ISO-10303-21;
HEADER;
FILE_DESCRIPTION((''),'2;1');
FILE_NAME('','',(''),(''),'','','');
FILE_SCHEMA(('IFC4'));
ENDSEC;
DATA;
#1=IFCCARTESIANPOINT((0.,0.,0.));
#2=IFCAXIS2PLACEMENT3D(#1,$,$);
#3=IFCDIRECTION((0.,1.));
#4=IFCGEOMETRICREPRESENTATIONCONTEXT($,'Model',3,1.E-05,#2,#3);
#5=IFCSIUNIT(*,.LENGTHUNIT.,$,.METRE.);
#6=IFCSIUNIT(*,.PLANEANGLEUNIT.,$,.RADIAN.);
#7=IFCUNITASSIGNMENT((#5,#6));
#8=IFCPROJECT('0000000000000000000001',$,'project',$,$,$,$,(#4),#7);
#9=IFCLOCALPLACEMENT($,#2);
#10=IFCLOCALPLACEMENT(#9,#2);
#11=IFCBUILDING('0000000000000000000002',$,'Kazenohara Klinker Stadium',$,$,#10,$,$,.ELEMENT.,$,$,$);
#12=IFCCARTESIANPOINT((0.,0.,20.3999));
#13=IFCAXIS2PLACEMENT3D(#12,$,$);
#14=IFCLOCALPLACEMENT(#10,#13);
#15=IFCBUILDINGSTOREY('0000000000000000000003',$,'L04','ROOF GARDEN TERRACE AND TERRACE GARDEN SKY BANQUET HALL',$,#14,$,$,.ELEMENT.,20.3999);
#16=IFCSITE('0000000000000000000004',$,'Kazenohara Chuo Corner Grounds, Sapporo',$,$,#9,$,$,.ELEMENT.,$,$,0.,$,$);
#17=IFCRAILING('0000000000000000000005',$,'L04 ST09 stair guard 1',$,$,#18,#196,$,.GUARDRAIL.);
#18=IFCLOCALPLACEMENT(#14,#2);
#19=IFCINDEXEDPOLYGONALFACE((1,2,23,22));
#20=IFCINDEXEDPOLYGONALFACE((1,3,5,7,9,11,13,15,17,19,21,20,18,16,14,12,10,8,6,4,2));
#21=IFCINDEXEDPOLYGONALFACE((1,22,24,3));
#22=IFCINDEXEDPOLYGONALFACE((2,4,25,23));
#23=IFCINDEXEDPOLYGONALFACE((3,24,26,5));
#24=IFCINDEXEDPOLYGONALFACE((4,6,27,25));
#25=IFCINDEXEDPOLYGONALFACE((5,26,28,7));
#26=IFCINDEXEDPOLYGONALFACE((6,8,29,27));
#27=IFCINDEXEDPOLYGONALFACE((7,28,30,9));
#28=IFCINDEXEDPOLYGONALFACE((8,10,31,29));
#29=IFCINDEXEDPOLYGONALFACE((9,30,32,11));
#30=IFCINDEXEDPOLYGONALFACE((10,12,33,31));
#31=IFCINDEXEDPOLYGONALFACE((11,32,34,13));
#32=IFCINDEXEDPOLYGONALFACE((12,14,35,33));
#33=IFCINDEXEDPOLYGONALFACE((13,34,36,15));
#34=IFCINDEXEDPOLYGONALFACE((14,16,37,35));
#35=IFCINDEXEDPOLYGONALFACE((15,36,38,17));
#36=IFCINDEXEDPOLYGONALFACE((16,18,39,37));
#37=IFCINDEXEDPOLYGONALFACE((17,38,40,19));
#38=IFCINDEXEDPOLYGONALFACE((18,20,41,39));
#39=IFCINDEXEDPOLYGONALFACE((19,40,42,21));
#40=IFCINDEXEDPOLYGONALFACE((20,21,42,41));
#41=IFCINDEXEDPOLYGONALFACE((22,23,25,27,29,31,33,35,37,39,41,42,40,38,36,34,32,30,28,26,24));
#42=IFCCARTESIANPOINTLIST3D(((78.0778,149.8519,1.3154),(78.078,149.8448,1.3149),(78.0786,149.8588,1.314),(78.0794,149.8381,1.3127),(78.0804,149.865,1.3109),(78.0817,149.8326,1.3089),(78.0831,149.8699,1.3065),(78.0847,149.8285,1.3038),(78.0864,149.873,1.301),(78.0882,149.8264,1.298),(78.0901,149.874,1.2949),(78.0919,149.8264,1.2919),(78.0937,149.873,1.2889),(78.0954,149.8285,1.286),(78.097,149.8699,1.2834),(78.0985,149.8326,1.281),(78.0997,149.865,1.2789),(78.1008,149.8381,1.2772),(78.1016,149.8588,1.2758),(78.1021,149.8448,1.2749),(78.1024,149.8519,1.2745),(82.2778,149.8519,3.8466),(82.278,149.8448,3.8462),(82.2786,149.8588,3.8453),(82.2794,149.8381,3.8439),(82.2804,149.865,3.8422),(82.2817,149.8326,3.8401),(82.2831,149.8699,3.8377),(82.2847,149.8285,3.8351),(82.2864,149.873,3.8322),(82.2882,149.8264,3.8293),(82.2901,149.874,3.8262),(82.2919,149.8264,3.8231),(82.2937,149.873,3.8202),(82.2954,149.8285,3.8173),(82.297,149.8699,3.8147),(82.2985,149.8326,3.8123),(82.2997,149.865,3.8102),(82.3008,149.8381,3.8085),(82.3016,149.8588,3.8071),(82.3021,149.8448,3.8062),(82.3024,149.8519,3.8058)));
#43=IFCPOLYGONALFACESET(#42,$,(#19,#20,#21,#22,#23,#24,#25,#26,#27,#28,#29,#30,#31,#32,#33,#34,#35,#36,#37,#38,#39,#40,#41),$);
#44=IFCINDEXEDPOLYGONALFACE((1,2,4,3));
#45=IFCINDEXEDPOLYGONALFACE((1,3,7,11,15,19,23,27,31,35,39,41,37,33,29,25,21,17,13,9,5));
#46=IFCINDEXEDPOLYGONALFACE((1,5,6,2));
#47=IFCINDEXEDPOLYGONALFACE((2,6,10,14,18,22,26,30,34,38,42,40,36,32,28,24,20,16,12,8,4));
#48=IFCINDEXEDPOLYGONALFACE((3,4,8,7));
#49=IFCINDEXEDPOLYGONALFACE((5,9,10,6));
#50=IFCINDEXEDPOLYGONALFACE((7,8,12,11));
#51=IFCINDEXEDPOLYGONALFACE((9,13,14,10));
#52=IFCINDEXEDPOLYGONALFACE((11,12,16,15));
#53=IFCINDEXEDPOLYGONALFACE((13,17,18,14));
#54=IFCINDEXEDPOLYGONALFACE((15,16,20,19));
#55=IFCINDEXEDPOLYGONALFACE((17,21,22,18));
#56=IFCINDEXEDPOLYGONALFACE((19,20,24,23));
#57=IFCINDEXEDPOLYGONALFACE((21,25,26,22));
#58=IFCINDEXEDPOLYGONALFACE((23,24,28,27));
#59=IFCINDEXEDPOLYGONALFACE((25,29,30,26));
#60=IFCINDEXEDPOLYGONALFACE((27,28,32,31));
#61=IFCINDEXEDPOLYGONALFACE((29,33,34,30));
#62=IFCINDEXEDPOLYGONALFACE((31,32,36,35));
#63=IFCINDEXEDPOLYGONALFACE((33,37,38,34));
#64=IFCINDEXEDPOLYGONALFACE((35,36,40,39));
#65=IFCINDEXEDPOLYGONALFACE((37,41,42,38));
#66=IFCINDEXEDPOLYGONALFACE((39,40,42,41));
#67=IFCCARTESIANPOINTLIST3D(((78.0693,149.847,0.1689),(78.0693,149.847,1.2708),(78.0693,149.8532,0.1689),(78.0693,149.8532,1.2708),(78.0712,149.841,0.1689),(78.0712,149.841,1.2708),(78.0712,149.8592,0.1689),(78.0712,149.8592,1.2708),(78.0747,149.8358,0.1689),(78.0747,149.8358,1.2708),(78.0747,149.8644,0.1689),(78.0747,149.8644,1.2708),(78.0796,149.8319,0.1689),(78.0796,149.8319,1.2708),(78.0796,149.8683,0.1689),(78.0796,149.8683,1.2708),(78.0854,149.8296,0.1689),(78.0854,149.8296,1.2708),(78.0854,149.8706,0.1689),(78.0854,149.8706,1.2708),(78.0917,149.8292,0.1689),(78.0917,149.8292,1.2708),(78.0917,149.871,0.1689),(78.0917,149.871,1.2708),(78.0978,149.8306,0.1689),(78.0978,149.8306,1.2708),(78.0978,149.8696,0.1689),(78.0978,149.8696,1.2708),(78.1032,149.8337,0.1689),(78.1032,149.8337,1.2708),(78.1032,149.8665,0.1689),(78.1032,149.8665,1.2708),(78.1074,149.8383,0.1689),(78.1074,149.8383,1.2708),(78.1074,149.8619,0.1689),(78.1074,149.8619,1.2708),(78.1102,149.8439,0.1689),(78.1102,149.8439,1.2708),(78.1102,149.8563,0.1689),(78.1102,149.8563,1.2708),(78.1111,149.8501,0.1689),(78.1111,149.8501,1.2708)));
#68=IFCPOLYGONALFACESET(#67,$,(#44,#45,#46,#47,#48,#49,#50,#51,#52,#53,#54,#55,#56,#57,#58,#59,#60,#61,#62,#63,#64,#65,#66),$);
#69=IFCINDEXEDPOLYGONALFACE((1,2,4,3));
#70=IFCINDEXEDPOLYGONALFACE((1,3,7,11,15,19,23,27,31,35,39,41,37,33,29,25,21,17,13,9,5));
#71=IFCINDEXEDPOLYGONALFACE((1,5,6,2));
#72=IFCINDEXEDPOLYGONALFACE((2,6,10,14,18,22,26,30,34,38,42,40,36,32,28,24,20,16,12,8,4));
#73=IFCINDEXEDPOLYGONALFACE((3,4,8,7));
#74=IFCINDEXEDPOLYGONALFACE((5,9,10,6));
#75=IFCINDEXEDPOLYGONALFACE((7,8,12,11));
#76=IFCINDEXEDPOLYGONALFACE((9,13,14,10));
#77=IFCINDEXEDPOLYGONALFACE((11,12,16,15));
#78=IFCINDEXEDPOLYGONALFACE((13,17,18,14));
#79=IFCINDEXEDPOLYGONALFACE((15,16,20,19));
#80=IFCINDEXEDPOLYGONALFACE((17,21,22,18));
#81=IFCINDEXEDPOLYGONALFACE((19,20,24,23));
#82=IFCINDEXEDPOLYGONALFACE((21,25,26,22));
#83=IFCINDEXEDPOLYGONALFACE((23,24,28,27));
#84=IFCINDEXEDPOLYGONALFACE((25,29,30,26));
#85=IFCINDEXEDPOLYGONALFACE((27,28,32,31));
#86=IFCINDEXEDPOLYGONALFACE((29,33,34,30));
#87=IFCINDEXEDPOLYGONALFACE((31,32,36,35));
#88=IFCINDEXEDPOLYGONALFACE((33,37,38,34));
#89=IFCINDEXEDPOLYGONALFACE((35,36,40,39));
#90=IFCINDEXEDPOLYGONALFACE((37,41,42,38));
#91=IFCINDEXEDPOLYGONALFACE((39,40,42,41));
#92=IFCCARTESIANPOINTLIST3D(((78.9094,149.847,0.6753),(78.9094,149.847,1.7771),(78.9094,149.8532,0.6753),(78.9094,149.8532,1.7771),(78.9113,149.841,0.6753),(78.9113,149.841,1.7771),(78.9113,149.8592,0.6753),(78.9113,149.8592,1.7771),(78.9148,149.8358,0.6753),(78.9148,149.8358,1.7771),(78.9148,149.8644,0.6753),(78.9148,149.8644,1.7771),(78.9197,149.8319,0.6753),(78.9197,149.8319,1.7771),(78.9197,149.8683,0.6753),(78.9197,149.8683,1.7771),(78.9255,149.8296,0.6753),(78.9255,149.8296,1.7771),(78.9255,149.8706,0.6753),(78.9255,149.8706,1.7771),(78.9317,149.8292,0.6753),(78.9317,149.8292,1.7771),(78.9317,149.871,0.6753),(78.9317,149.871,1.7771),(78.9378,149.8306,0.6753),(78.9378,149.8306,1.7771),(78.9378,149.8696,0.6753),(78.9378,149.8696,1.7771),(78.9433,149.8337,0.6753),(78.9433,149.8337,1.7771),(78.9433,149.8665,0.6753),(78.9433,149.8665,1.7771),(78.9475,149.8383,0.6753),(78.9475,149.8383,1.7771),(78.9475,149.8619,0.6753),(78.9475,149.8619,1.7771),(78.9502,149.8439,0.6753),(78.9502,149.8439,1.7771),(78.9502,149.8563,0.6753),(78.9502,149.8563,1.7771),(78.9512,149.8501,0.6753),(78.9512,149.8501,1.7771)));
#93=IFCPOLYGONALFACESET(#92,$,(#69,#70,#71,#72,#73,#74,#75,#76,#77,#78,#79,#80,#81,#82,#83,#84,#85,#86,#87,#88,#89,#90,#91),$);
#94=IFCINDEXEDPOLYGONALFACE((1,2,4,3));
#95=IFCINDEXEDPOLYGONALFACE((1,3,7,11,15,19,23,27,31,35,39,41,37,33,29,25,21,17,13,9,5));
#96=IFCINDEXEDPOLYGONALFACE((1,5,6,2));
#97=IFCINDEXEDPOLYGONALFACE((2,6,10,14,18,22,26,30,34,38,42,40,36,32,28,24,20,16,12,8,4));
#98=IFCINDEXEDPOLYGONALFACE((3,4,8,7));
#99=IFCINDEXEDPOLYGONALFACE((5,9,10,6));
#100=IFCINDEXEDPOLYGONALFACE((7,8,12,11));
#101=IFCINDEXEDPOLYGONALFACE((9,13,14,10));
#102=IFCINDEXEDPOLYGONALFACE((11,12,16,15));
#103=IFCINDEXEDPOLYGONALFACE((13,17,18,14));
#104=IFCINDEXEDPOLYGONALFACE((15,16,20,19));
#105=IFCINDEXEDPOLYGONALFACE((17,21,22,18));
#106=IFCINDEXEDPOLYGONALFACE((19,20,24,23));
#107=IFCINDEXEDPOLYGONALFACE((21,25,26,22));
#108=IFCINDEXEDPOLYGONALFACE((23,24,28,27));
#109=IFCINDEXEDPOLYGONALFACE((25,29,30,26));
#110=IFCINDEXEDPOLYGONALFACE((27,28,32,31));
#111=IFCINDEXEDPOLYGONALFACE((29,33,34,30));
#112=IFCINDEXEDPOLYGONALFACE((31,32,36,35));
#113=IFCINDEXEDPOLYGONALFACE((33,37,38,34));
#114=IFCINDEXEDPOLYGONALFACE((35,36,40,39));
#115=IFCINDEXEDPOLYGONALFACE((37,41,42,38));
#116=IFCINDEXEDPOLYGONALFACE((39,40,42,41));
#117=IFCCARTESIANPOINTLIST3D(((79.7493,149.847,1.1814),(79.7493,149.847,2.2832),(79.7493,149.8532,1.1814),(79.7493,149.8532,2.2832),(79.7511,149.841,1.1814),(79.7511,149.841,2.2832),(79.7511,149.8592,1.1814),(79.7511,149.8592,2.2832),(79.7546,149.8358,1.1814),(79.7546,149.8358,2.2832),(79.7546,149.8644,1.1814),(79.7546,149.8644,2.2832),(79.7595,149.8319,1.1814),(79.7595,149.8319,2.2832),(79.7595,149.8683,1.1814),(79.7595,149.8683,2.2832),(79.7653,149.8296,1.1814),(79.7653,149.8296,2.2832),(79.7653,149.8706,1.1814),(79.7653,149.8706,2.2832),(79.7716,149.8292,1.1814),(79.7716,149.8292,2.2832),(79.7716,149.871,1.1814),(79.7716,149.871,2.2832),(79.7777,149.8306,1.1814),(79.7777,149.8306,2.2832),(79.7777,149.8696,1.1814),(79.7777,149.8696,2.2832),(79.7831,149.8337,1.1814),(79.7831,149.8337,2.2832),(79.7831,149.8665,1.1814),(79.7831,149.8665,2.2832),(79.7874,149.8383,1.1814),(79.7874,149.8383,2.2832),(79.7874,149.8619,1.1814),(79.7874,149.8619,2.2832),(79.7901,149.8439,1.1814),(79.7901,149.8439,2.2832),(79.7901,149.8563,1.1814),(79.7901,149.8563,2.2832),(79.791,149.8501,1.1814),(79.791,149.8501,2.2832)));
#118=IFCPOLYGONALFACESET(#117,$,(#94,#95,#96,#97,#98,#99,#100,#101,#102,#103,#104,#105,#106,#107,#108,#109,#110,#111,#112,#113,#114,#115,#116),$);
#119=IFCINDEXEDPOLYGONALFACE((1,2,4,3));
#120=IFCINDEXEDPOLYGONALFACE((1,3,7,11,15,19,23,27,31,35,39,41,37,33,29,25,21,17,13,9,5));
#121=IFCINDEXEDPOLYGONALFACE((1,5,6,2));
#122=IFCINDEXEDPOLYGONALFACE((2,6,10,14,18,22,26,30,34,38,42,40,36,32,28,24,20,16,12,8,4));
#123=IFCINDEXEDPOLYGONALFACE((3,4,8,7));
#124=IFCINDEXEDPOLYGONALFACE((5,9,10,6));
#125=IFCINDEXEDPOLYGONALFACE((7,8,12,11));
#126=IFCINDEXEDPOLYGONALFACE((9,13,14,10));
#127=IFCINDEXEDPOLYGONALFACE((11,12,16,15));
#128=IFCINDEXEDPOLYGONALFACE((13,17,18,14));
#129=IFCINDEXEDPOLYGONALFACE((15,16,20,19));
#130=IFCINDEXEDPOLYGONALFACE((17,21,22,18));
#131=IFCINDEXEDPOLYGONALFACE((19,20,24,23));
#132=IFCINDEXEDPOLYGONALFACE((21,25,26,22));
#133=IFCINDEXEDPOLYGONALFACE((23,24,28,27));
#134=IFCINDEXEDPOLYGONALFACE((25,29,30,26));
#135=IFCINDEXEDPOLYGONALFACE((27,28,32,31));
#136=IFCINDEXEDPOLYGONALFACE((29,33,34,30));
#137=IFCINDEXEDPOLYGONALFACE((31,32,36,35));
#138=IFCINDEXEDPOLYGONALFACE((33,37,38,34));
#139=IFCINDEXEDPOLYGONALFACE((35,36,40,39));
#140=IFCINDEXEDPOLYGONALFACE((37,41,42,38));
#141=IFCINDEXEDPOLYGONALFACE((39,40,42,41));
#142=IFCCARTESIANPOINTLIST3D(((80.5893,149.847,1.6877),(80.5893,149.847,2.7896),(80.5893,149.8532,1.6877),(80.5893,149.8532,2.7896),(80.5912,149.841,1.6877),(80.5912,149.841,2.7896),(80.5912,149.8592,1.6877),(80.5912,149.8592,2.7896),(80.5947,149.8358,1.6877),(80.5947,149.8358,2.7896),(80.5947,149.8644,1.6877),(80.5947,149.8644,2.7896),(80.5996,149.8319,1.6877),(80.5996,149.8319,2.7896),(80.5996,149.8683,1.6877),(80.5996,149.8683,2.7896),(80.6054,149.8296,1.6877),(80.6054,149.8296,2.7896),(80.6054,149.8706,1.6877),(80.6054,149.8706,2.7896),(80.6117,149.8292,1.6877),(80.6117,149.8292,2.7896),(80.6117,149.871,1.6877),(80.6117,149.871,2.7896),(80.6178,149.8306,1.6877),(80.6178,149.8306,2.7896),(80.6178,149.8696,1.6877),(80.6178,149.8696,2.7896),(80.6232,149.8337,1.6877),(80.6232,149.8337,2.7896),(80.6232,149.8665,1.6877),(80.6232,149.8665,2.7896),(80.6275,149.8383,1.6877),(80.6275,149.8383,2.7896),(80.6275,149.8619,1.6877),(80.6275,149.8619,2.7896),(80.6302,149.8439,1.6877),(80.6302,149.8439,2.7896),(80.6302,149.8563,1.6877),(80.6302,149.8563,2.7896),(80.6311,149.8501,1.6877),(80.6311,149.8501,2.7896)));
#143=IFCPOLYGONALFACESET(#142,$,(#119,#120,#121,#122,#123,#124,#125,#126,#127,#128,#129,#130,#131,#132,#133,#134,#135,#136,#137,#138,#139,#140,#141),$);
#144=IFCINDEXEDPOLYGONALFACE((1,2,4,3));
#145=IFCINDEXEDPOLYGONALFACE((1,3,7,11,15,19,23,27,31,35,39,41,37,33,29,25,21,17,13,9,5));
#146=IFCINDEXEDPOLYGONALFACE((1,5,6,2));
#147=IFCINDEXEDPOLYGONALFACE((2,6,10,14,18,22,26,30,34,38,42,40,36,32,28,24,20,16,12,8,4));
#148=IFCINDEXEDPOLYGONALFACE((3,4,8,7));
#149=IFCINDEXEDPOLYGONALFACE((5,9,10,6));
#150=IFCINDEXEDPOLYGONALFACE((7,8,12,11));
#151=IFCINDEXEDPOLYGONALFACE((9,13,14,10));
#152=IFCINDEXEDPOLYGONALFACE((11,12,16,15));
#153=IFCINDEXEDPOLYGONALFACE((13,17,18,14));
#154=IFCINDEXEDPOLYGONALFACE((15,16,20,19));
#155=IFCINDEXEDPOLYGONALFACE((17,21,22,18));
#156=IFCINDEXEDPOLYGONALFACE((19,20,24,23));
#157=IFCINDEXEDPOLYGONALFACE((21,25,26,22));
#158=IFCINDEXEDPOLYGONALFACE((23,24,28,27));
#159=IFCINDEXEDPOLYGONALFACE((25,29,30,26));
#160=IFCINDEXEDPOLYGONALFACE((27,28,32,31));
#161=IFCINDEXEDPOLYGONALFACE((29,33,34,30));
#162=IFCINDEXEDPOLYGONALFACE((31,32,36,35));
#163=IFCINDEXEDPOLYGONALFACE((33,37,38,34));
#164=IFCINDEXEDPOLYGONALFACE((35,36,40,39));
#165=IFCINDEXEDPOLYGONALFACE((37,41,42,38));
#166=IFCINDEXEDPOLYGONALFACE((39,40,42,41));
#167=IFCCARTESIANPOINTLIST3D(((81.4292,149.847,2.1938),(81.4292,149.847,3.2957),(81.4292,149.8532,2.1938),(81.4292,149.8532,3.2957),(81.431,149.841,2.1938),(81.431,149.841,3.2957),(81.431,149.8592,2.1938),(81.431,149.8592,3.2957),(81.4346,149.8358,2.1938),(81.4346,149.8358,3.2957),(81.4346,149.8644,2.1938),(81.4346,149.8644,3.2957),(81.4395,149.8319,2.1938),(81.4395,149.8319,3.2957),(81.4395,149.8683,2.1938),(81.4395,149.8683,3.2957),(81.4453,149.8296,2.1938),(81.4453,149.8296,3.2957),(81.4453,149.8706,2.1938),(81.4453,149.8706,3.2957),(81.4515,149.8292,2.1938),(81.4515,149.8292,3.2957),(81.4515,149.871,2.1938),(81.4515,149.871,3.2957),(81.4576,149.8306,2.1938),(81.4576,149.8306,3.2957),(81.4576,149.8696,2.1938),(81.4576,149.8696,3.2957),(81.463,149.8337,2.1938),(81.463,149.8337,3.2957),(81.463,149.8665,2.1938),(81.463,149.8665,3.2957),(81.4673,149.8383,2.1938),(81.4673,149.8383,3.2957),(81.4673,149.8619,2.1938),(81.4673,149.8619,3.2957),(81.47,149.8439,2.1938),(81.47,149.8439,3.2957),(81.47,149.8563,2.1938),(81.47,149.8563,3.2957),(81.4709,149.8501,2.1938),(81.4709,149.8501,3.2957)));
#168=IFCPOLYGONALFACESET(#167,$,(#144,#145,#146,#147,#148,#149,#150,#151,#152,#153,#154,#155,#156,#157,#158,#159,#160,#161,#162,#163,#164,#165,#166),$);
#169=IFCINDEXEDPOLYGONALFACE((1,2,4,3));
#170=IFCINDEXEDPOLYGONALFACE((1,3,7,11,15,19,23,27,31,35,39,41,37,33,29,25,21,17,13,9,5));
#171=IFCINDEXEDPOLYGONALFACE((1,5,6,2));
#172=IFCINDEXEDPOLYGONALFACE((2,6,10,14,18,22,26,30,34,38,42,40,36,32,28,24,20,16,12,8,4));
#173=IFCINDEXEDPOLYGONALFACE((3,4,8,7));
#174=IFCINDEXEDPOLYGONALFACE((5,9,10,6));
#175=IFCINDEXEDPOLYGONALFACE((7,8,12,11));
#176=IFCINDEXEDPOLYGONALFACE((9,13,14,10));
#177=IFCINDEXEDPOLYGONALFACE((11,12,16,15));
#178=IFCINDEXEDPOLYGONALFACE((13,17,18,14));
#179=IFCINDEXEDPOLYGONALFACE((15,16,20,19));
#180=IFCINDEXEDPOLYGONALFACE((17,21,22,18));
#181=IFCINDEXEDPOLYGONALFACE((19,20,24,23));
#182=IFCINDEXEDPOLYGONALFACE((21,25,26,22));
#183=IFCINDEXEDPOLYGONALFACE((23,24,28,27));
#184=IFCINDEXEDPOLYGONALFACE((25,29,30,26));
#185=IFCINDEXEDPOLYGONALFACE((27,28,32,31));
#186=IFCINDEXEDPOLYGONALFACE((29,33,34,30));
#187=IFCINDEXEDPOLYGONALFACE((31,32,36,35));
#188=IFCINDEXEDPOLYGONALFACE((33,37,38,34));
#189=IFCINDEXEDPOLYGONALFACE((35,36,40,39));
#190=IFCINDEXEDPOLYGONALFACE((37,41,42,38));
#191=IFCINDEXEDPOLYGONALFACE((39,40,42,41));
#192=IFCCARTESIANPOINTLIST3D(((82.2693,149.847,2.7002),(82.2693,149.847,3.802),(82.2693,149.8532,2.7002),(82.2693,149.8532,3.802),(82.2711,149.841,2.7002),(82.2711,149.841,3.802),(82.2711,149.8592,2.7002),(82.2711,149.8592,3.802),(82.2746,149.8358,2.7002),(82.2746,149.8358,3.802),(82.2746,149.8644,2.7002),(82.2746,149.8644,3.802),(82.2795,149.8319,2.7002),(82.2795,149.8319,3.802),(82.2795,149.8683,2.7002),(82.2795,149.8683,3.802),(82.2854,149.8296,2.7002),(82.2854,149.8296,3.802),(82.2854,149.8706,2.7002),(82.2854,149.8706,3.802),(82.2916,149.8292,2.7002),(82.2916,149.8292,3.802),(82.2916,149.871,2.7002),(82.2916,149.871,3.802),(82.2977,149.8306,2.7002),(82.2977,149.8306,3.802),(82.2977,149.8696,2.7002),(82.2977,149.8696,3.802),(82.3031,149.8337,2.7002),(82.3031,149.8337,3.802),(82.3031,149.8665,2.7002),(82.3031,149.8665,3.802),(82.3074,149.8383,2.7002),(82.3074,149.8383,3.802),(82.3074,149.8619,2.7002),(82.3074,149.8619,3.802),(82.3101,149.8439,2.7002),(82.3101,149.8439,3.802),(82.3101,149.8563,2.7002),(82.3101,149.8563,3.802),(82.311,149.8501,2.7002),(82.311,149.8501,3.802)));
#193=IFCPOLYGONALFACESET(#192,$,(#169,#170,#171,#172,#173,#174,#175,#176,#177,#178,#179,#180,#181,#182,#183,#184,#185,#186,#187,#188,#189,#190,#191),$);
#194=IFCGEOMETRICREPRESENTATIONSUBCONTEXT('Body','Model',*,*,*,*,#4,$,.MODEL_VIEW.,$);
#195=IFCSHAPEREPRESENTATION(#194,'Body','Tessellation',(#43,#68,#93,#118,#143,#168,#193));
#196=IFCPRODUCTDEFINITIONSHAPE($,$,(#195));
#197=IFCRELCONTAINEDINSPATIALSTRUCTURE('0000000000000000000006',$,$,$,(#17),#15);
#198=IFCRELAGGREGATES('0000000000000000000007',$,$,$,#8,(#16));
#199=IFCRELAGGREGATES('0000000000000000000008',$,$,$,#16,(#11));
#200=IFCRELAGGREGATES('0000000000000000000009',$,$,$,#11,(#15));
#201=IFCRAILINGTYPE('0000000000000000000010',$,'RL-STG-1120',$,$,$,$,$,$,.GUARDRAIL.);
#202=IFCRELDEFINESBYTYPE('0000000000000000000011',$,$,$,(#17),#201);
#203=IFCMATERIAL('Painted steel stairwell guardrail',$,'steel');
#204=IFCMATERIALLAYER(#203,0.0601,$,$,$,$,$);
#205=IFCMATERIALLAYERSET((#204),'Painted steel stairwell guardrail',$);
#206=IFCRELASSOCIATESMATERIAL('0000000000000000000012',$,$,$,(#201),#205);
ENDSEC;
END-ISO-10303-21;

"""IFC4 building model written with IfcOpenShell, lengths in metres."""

from ifc_helpers import new_model, si_unit, direction, frame, origin, origin_2d, place, context, subcontext, project, spatial, circle, extrude, material, layer, layer_set, type_object, element, save


model = new_model("IFC4")

# Units and contexts
model_context = context("Model", 3, precision=1e-05, world=origin(), true_north=direction((0.0, 1.0)))
body_context = subcontext(model_context, "Body", "Model", "MODEL_VIEW")
ifc_project = project(units=[si_unit("LENGTHUNIT", "METRE"), si_unit("PLANEANGLEUNIT", "RADIAN")], contexts=[model_context])

# Site, building, storey
site_placement = place(None, origin())
site = spatial("IfcSite", under=ifc_project, at=site_placement, Name="Kazenohara Chuo Corner Grounds, Sapporo", CompositionType="ELEMENT", RefElevation=0.0)
building_placement = place(site_placement, origin())
building = spatial("IfcBuilding", under=site, at=building_placement, Name="Kazenohara Klinker Stadium", CompositionType="ELEMENT")
storey_placement = place(building_placement, frame((0.0, 0.0, 20.3999)))
storey = spatial("IfcBuildingStorey", under=building, at=storey_placement, Name="L04", Description="ROOF GARDEN TERRACE AND TERRACE GARDEN SKY BANQUET HALL", CompositionType="ELEMENT", Elevation=20.3999)

# Railing
ifc_material_1 = material(Name="Painted steel stairwell guardrail", Category="steel")
ifc_layer_1 = layer(ifc_material_1, 0.0601)
ifc_layer_set_1 = layer_set([ifc_layer_1], Name="Painted steel stairwell guardrail")
railing_type_1 = type_object("IfcRailingType", Name="RL-STG-1120", PredefinedType="GUARDRAIL", material=ifc_layer_set_1)
railing_1_placement = place(storey_placement, frame((78.0901, 149.8501, 0.1689)))
element("IfcRailing", 1, at=railing_1_placement, inside=storey, type_object=railing_type_1, Name="L04 ST09 stair guard 1", PredefinedType="GUARDRAIL", context=body_context, shape_type="SweptSolid", body=[
    extrude(circle(Radius=0.0239, at=origin_2d()), frame((0.0, 0.0, 1.126), z_axis=(0.856476, 0.0, 0.516186), x_axis=(0.0, 1.0, 0.0)), (0.0, 0.0, 1.0), 4.9038),
    extrude(circle(Radius=0.021, at=origin_2d()), origin(), (0.0, 0.0, 1.0), 1.1018),
    extrude(circle(Radius=0.021, at=origin_2d()), frame((0.8401, 0.0, 0.5063)), (0.0, 0.0, 1.0), 1.1018),
    extrude(circle(Radius=0.021, at=origin_2d()), frame((1.6799, 0.0, 1.0125)), (0.0, 0.0, 1.0), 1.1018),
    extrude(circle(Radius=0.021, at=origin_2d()), frame((2.52, 0.0, 1.5188)), (0.0, 0.0, 1.0), 1.1018),
    extrude(circle(Radius=0.021, at=origin_2d()), frame((3.3599, 0.0, 2.0249)), (0.0, 0.0, 1.0), 1.1018),
    extrude(circle(Radius=0.021, at=origin_2d()), frame((4.2, 0.0, 2.5312)), (0.0, 0.0, 1.0), 1.1018),
])

save(model, "model.ifc")
